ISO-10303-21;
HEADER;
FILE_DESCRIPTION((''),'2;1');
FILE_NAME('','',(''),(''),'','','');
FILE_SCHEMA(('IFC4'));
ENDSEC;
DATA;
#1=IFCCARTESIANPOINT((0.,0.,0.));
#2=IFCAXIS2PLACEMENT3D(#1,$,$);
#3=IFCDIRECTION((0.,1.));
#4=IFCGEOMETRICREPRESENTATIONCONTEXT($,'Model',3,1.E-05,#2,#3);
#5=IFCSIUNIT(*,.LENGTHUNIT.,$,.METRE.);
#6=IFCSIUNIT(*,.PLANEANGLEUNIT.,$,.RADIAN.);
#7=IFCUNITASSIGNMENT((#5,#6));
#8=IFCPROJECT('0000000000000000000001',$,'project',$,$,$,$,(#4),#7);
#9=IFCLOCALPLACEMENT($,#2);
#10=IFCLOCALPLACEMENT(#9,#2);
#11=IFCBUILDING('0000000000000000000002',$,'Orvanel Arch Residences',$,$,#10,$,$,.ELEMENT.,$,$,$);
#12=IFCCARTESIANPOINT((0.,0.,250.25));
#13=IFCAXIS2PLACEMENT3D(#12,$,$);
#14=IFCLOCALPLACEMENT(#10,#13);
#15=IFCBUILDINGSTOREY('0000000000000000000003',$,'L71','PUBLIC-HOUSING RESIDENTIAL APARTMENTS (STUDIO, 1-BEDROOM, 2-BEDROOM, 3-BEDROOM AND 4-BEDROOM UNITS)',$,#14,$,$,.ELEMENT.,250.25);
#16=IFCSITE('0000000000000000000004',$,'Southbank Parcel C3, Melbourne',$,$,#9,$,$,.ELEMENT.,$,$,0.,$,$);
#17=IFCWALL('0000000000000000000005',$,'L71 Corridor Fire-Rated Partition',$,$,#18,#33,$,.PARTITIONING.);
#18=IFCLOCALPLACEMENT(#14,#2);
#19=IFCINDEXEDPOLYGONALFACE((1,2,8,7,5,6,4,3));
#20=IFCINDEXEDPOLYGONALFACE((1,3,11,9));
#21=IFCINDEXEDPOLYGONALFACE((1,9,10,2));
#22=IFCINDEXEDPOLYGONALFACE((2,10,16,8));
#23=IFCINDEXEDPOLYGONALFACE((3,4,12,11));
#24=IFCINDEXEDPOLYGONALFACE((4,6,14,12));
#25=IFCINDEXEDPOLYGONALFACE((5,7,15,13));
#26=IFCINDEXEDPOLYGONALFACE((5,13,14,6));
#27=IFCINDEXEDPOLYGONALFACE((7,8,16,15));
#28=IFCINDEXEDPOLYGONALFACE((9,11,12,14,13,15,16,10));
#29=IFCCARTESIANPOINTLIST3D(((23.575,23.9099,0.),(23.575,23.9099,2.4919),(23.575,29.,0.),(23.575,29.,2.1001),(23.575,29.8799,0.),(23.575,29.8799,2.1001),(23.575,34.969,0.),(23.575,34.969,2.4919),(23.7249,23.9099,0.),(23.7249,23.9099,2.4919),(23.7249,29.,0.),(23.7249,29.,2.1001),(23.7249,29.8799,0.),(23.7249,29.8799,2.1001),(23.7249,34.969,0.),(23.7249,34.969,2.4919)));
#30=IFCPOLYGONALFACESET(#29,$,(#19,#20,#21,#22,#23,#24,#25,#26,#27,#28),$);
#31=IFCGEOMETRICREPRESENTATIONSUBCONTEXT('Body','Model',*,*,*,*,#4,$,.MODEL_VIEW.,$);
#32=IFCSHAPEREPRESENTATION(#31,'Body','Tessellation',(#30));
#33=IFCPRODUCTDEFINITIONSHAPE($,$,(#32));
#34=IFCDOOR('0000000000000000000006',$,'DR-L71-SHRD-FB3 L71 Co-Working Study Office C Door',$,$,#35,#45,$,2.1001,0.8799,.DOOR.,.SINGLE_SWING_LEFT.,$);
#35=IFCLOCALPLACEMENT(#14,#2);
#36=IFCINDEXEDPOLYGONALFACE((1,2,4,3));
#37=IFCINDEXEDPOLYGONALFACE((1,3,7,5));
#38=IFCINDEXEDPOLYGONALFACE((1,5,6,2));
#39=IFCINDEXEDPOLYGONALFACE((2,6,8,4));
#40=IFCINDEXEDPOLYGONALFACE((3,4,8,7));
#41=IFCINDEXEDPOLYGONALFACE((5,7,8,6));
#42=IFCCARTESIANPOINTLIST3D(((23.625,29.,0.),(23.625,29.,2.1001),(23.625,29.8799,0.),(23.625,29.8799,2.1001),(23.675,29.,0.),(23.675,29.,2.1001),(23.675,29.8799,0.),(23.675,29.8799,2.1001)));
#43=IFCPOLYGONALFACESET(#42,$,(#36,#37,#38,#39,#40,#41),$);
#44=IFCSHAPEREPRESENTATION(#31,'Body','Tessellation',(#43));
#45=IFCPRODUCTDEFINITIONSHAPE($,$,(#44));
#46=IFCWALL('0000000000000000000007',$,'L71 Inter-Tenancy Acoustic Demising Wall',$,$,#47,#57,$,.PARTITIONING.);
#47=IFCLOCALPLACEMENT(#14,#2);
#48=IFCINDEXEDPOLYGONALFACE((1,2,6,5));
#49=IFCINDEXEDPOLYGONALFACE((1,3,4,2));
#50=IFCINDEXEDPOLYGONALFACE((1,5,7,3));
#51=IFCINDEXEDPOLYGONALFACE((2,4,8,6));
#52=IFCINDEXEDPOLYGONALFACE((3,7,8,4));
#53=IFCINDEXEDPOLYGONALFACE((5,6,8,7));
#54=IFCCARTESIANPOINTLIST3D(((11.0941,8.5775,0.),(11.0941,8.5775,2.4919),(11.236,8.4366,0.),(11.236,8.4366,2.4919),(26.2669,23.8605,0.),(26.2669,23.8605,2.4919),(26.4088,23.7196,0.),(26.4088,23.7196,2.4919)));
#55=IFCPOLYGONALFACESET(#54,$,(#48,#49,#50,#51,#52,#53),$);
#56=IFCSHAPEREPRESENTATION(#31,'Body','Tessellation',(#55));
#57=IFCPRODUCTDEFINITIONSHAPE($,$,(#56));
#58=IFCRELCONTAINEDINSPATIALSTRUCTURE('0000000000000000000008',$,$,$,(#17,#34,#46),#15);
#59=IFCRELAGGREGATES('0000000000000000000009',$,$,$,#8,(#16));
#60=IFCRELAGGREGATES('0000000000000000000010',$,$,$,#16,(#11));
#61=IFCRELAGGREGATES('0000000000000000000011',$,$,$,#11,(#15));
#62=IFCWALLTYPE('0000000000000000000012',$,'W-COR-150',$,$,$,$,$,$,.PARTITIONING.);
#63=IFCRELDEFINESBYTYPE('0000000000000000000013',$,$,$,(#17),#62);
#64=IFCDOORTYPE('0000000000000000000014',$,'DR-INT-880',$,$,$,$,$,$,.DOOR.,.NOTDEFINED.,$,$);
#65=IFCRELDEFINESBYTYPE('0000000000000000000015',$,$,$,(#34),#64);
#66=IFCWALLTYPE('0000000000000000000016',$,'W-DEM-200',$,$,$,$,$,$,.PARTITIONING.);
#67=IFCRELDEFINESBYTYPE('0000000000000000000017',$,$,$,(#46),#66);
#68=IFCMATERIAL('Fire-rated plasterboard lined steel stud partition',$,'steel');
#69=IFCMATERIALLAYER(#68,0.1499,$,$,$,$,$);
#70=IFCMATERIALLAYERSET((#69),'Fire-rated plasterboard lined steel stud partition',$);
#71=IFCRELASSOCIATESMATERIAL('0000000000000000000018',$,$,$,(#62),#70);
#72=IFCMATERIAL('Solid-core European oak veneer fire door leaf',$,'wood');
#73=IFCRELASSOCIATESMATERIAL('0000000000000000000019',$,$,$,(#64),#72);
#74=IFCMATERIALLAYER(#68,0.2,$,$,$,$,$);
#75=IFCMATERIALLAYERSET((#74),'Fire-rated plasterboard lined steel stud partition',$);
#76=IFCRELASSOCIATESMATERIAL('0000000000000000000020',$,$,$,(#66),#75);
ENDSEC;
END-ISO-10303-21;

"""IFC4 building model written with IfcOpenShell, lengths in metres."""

from ifc_helpers import new_model, si_unit, direction, frame, frame_2d, origin, place, context, subcontext, project, spatial, rectangle, extrude, material, layer, layer_set, type_object, element, fill, save


model = new_model("IFC4")

# Units and contexts
model_context = context("Model", 3, precision=1e-05, world=origin(), true_north=direction((0.0, 1.0)))
body_context = subcontext(model_context, "Body", "Model", "MODEL_VIEW")
ifc_project = project(units=[si_unit("LENGTHUNIT", "METRE"), si_unit("PLANEANGLEUNIT", "RADIAN")], contexts=[model_context])

# Site, building, storey
site_placement = place(None, origin())
site = spatial("IfcSite", under=ifc_project, at=site_placement, Name="Southbank Parcel C3, Melbourne", CompositionType="ELEMENT", RefElevation=0.0)
building_placement = place(site_placement, origin())
building = spatial("IfcBuilding", under=site, at=building_placement, Name="Orvanel Arch Residences", CompositionType="ELEMENT")
storey_placement = place(building_placement, frame((0.0, 0.0, 250.25)))
storey = spatial("IfcBuildingStorey", under=building, at=storey_placement, Name="L71", Description="PUBLIC-HOUSING RESIDENTIAL APARTMENTS (STUDIO, 1-BEDROOM, 2-BEDROOM, 3-BEDROOM AND 4-BEDROOM UNITS)", CompositionType="ELEMENT", Elevation=250.25)

# Wall, opening, door
ifc_material_1 = material(Name="Fire-rated plasterboard lined steel stud partition", Category="steel")
ifc_layer_1 = layer(ifc_material_1, 0.1499)
ifc_layer_set_1 = layer_set([ifc_layer_1], Name="Fire-rated plasterboard lined steel stud partition")
wall_type_1 = type_object("IfcWallType", Name="W-COR-150", PredefinedType="PARTITIONING", material=ifc_layer_set_1)
wall_1_placement = place(storey_placement, frame((23.6499, 23.9099, 0.0), z_axis=(0.0, 0.0, 1.0), x_axis=(0.0, 1.0, 0.0)))
wall_1 = element("IfcWall", 1, at=wall_1_placement, inside=storey, type_object=wall_type_1, Name="L71 Corridor Fire-Rated Partition", PredefinedType="PARTITIONING", context=body_context, shape_type="SweptSolid", body=[
    extrude(rectangle(XDim=11.0591, YDim=0.1499, at=frame_2d((5.5295, 0.0))), origin(), (0.0, 0.0, 1.0), 2.4919),
])
opening_1_placement = place(wall_1_placement, frame((5.0901, 0.0, 0.0)))
opening_1 = element("IfcOpeningElement", 2, at=opening_1_placement, cuts=wall_1, PredefinedType="OPENING", context=body_context, shape_type="SweptSolid", body=[
    extrude(rectangle(XDim=0.8799, YDim=2.1001, at=frame_2d((0.4399, 1.05))), frame((0.0, 0.085, 0.0), z_axis=(0.0, -1.0, 0.0), x_axis=(1.0, 0.0, 0.0)), (0.0, 0.0, 1.0), 0.1699),
])
ifc_material_2 = material(Name="Solid-core European oak veneer fire door leaf", Category="wood")
door_type_1 = type_object("IfcDoorType", Name="DR-INT-880", OperationType="NOTDEFINED", PredefinedType="DOOR", material=ifc_material_2)
door_1_placement = place(opening_1_placement, origin())
door_1 = element("IfcDoor", 3, at=door_1_placement, inside=storey, type_object=door_type_1, Name="DR-L71-SHRD-FB3 L71 Co-Working Study Office C Door", OperationType="SINGLE_SWING_LEFT", OverallHeight=2.1001, OverallWidth=0.8799, PredefinedType="DOOR", context=body_context, shape_type="SweptSolid", body=[
    extrude(rectangle(XDim=0.8799, YDim=2.1001, at=frame_2d((0.4399, 1.05))), frame((0.0, 0.0249, 0.0), z_axis=(0.0, -1.0, 0.0), x_axis=(1.0, 0.0, 0.0)), (0.0, 0.0, 1.0), 0.05),
])
fill(opening_1, door_1)

# Wall
ifc_layer_2 = layer(ifc_material_1, 0.2)
ifc_layer_set_2 = layer_set([ifc_layer_2], Name="Fire-rated plasterboard lined steel stud partition")
wall_type_2 = type_object("IfcWallType", Name="W-DEM-200", PredefinedType="PARTITIONING", material=ifc_layer_set_2)
wall_2_placement = place(storey_placement, frame((26.3379, 23.79, 0.0), z_axis=(0.0, 0.0, 1.0), x_axis=(-0.704546, -0.709659, 0.0)))
element("IfcWall", 4, at=wall_2_placement, inside=storey, type_object=wall_type_2, Name="L71 Inter-Tenancy Acoustic Demising Wall", PredefinedType="PARTITIONING", context=body_context, shape_type="SweptSolid", body=[
    extrude(rectangle(XDim=21.5356, YDim=0.2, at=frame_2d((10.7678, 0.0))), origin(), (0.0, 0.0, 1.0), 2.4919),
])

save(model, "model.ifc")
